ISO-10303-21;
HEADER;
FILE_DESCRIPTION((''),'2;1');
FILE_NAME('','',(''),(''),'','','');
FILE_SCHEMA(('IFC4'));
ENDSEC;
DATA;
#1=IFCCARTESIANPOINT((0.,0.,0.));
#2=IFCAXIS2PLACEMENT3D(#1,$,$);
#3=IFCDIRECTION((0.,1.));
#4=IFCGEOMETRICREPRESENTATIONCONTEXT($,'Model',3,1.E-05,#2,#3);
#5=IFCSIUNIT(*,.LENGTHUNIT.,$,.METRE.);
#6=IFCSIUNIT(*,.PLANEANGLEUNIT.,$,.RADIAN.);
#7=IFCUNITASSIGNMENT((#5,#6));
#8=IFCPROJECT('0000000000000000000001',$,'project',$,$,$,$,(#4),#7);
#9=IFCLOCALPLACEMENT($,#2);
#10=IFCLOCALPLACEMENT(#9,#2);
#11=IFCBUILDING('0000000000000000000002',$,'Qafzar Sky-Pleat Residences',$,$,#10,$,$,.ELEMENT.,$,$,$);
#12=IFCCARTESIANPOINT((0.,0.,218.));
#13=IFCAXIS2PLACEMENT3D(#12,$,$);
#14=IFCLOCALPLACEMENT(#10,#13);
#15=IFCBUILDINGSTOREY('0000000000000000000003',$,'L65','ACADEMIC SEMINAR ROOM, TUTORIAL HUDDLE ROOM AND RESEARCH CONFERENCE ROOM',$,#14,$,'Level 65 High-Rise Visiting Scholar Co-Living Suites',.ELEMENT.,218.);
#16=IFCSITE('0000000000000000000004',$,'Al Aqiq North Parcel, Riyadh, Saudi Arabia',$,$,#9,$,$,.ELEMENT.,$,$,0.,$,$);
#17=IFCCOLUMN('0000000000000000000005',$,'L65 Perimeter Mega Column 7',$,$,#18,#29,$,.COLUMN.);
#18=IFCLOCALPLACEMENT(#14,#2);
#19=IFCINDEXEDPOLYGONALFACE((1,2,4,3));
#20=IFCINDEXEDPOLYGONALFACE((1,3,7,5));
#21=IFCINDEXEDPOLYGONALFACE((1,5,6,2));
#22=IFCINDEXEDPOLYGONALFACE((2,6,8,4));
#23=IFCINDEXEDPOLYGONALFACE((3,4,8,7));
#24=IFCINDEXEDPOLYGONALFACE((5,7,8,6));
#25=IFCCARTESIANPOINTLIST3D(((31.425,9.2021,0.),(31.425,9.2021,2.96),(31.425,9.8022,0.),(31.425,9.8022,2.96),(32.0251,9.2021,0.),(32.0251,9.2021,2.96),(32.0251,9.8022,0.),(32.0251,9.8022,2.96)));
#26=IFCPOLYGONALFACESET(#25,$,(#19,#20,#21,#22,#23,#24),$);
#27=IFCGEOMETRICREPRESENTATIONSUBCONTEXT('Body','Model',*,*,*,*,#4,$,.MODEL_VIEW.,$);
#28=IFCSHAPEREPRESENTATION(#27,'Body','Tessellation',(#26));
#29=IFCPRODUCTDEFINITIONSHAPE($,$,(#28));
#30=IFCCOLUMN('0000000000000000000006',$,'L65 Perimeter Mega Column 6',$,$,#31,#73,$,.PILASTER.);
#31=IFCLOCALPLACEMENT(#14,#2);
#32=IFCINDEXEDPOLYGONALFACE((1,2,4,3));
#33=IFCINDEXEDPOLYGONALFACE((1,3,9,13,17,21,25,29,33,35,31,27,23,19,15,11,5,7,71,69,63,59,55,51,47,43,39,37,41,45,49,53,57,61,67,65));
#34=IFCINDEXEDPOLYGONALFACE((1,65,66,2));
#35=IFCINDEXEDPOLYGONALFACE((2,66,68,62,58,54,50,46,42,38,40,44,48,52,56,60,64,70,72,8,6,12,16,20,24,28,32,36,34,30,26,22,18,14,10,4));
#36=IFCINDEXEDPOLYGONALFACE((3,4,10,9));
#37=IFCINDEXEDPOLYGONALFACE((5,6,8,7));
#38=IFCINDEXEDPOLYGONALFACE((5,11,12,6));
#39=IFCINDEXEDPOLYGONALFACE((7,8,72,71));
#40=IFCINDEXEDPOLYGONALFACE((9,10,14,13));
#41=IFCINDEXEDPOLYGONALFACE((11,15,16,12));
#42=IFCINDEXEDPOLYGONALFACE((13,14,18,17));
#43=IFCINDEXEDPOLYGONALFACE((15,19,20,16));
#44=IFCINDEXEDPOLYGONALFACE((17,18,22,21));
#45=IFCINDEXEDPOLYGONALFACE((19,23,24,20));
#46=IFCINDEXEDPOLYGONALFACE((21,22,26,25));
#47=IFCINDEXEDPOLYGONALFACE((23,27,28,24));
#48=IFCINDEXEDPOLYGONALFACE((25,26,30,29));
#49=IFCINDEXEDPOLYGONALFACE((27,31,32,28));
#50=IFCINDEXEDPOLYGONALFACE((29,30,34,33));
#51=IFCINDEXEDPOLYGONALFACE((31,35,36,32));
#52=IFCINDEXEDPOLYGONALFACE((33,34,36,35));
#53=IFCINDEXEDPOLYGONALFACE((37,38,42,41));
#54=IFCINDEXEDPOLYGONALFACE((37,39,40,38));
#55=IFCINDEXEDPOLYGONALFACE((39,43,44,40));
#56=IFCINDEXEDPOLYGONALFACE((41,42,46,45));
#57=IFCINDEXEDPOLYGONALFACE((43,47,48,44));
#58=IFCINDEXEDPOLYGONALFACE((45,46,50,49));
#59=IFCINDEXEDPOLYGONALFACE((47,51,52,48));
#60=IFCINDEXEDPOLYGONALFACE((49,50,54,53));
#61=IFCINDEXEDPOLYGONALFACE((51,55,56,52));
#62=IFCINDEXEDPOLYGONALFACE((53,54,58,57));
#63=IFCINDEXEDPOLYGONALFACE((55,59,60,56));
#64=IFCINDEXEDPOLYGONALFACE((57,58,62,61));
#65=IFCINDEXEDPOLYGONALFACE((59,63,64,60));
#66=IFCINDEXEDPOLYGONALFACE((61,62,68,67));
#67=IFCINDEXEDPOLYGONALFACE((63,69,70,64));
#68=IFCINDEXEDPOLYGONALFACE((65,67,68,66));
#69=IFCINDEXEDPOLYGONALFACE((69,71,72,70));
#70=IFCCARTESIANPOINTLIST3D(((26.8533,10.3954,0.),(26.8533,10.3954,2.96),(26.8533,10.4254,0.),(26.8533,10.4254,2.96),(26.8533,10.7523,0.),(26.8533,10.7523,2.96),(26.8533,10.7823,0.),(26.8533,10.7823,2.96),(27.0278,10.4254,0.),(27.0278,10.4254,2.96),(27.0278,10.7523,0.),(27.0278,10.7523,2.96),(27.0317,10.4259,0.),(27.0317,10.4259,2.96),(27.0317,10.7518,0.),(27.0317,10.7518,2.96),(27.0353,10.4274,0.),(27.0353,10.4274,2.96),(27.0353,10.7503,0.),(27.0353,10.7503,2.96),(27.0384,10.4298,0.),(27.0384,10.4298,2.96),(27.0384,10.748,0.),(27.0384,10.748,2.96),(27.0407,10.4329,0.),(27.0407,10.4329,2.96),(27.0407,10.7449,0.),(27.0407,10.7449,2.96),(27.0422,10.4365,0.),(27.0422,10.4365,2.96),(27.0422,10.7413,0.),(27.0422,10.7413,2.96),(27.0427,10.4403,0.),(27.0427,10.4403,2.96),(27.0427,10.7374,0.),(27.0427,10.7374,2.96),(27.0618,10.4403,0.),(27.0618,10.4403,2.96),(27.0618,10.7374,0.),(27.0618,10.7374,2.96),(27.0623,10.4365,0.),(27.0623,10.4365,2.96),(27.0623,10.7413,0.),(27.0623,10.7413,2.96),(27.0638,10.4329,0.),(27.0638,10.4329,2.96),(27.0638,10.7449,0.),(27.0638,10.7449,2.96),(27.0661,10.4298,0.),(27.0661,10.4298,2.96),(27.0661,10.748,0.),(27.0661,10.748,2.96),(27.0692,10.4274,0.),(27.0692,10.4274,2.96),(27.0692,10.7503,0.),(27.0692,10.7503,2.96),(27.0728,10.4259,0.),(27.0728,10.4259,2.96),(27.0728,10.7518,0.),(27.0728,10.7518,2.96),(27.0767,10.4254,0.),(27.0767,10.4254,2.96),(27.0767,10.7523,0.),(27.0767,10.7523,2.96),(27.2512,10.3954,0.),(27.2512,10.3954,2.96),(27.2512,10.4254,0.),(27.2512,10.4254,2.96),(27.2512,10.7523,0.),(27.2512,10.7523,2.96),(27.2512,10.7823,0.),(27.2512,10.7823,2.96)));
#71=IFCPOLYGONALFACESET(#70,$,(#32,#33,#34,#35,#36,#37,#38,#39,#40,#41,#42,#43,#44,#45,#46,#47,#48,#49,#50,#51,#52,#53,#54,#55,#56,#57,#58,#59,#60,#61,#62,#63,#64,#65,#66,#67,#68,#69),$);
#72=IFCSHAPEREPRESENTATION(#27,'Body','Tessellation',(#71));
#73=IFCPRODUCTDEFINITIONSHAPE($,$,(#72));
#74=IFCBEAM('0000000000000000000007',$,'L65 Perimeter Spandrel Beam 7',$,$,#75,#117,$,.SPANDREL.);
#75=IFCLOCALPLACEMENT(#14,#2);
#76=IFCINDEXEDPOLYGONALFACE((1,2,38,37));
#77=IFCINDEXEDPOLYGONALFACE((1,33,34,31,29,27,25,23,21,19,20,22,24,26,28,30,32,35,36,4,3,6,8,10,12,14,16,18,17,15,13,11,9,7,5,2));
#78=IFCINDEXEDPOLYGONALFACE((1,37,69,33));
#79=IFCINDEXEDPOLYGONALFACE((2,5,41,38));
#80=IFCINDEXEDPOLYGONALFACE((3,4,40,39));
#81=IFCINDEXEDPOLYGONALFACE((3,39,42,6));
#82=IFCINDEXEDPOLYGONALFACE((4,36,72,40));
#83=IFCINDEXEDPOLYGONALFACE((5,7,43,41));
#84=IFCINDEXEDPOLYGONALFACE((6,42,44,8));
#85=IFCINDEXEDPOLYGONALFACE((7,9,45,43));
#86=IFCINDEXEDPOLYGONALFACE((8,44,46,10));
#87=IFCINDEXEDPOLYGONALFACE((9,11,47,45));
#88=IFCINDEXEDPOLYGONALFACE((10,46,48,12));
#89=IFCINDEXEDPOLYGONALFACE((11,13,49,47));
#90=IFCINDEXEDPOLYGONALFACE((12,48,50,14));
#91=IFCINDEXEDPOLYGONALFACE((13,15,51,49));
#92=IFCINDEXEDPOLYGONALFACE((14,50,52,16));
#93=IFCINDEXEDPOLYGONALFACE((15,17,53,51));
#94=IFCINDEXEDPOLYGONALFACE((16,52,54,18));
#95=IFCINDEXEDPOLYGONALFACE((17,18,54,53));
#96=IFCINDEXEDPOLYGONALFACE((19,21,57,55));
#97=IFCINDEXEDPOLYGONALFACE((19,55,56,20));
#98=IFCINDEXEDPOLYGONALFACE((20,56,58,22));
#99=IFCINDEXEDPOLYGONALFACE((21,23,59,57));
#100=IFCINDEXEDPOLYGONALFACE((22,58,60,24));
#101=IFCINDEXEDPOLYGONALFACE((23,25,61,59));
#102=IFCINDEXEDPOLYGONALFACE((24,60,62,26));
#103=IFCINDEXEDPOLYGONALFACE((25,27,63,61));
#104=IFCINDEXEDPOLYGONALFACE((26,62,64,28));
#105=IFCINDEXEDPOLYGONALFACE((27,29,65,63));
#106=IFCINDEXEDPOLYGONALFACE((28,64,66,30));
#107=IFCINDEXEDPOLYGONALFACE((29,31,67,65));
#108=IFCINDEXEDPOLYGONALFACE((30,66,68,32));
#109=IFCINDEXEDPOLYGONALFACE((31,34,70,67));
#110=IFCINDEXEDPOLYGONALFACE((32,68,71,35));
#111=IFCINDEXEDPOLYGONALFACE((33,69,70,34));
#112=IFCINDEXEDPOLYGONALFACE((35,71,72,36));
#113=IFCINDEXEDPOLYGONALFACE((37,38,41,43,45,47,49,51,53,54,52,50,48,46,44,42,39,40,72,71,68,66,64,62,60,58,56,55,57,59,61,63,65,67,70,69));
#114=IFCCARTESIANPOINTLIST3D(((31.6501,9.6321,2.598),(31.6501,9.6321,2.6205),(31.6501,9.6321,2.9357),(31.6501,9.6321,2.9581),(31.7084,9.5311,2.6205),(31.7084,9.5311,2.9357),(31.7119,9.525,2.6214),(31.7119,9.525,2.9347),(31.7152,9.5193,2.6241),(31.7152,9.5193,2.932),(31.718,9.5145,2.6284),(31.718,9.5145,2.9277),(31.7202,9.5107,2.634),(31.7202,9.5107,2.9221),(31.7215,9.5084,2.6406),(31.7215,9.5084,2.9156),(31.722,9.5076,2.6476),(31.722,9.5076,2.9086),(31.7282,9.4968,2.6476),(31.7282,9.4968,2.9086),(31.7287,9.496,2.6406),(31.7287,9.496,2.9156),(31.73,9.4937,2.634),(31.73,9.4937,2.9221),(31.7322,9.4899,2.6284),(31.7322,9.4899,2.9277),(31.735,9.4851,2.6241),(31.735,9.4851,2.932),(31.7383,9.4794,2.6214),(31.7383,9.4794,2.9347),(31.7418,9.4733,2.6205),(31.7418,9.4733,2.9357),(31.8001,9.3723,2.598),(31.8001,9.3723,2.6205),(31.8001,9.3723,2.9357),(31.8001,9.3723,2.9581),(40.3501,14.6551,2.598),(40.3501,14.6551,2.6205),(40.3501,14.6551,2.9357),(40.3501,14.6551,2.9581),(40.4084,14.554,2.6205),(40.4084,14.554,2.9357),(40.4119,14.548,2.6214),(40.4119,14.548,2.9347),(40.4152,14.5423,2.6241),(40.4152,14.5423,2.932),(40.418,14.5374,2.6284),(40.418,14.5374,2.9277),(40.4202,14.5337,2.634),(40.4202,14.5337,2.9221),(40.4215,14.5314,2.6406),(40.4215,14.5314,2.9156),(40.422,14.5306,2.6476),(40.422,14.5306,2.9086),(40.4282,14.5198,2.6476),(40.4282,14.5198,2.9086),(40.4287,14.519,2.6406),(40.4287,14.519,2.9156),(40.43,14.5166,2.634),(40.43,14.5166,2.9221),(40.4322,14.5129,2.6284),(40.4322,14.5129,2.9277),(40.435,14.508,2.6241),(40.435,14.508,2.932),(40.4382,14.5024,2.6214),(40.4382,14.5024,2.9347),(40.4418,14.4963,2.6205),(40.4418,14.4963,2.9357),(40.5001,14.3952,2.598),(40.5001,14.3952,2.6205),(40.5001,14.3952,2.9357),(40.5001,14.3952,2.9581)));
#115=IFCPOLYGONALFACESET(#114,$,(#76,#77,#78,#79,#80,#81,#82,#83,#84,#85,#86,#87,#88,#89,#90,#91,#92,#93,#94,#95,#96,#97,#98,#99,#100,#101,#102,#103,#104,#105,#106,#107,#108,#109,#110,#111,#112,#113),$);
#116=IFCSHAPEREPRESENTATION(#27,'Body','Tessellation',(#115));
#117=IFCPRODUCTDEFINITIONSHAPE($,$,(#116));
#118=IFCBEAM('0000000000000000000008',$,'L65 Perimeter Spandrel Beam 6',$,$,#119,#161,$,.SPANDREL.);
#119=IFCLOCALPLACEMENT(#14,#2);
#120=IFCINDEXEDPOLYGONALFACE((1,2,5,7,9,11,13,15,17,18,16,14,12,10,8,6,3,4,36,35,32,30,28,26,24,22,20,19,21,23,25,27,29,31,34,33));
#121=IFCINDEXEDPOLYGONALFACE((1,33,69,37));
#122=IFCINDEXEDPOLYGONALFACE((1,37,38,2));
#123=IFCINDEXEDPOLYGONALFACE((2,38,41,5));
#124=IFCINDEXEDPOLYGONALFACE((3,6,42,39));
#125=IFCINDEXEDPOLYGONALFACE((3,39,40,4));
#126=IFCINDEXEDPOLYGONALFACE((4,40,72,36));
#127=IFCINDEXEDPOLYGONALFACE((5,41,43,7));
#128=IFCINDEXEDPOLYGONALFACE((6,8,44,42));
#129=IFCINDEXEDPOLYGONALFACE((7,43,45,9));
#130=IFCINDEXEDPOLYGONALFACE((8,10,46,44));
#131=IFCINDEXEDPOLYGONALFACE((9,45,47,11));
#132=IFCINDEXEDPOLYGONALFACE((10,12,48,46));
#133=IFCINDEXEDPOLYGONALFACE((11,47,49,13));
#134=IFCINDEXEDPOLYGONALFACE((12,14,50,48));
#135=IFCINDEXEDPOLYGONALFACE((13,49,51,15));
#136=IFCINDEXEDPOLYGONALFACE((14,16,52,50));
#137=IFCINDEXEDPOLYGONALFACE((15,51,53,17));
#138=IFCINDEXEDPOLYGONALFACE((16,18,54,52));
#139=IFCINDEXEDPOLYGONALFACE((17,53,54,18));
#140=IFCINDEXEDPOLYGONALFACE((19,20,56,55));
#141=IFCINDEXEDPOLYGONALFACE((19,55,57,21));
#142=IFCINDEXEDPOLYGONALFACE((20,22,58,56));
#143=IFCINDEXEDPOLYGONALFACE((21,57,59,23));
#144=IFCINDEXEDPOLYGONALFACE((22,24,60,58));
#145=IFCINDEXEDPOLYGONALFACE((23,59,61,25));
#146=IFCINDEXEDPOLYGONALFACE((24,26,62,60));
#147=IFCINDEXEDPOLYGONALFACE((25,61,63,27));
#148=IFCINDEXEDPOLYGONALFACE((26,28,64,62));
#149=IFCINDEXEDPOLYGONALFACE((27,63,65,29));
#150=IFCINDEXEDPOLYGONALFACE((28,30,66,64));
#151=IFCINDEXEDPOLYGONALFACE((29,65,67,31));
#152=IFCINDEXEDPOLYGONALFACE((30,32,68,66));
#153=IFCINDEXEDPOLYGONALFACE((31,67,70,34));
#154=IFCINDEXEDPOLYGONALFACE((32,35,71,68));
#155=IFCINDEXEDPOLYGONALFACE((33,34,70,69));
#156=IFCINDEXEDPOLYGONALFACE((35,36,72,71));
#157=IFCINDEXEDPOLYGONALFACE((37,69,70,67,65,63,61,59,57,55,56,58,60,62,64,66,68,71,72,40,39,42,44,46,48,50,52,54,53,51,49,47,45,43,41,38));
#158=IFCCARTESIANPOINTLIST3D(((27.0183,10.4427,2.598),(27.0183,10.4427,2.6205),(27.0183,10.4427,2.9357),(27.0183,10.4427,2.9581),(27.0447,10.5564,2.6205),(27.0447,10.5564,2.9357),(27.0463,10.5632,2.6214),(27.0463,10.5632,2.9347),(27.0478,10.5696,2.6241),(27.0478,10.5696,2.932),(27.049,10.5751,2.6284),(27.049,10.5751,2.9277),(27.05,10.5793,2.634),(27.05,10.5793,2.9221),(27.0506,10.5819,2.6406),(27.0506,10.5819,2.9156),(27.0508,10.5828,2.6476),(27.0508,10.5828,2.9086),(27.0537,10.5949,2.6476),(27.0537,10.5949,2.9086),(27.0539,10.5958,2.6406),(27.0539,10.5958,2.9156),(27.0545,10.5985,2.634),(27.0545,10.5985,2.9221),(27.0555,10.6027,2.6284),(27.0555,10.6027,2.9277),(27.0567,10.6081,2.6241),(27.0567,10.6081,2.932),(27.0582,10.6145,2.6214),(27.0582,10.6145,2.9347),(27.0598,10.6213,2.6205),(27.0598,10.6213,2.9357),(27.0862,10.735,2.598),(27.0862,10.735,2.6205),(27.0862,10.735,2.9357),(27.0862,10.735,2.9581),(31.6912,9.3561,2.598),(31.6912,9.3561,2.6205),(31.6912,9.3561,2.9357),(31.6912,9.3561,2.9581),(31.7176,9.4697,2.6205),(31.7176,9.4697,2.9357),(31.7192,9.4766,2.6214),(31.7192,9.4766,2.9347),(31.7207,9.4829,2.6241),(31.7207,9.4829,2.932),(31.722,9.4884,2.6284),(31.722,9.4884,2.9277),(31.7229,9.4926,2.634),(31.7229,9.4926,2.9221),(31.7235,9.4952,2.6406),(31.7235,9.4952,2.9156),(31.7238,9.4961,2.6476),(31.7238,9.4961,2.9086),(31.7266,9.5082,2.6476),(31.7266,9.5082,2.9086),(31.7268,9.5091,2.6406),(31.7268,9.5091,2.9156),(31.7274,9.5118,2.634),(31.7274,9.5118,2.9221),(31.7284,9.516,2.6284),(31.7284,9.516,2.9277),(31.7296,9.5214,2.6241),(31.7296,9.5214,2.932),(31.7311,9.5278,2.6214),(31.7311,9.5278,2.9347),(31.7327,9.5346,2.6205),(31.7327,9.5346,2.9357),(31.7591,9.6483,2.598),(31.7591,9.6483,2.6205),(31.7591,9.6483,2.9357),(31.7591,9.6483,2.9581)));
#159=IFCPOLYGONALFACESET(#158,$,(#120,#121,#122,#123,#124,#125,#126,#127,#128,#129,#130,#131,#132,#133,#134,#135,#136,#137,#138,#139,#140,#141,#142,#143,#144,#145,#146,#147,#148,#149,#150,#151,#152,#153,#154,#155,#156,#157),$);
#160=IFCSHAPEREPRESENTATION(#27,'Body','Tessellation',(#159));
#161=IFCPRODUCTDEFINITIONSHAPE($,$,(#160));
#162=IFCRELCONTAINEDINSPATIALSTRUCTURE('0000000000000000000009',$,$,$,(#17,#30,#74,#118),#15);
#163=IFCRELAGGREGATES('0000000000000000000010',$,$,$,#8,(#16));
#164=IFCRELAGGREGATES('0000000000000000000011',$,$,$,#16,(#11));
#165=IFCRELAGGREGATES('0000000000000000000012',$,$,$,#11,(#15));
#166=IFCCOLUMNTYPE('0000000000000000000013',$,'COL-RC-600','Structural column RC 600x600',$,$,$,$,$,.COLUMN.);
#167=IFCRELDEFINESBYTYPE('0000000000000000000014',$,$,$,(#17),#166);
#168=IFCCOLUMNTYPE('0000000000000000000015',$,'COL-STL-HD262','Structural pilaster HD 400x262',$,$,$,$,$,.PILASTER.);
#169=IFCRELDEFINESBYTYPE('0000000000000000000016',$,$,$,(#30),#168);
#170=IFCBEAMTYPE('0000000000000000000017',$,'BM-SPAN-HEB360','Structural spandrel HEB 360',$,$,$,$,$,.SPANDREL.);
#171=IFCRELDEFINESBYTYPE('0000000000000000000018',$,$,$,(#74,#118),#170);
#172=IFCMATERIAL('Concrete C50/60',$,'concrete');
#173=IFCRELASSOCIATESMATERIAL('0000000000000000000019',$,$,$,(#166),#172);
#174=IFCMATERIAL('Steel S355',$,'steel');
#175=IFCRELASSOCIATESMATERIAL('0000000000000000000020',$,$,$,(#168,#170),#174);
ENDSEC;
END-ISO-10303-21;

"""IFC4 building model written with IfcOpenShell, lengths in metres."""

from ifc_helpers import new_model, si_unit, direction, frame, origin, origin_2d, place, context, subcontext, project, spatial, rectangle, i_section, extrude, source, transform, mapped, material, material_profile, profile_set, type_object, element, save


model = new_model("IFC4")

# Units and contexts
model_context = context("Model", 3, precision=1e-05, world=origin(), true_north=direction((0.0, 1.0)))
body_context = subcontext(model_context, "Body", "Model", "MODEL_VIEW")
ifc_project = project(units=[si_unit("LENGTHUNIT", "METRE"), si_unit("PLANEANGLEUNIT", "RADIAN")], contexts=[model_context])

# Site, building, storey
site_placement = place(None, origin())
site = spatial("IfcSite", under=ifc_project, at=site_placement, Name="Al Aqiq North Parcel, Riyadh, Saudi Arabia", CompositionType="ELEMENT", RefElevation=0.0)
building_placement = place(site_placement, origin())
building = spatial("IfcBuilding", under=site, at=building_placement, Name="Qafzar Sky-Pleat Residences", CompositionType="ELEMENT")
storey_placement = place(building_placement, frame((0.0, 0.0, 218.0)))
storey = spatial("IfcBuildingStorey", under=building, at=storey_placement, Name="L65", Description="ACADEMIC SEMINAR ROOM, TUTORIAL HUDDLE ROOM AND RESEARCH CONFERENCE ROOM", LongName="Level 65 High-Rise Visiting Scholar Co-Living Suites", CompositionType="ELEMENT", Elevation=218.0)

# Columns
ifc_material_1 = material(Name="Concrete C50/60", Category="concrete")
ifc_material_profile_1 = material_profile(ifc_material_1, rectangle(XDim=0.6001, YDim=0.6001, at=origin_2d()), Name="RC 600x600")
ifc_profile_set_1 = profile_set([ifc_material_profile_1], Name="Concrete C50/60")
column_type_1 = type_object("IfcColumnType", Name="COL-RC-600", Description="Structural column RC 600x600", PredefinedType="COLUMN", material=ifc_profile_set_1)
shared_shape_1 = source(origin(), body_context, "Body", "SweptSolid", [
    extrude(rectangle(XDim=0.6001, YDim=0.6001, at=origin_2d()), origin(), (0.0, 0.0, 1.0), 2.96),
])
column_1_placement = place(storey_placement, frame((31.7251, 9.5022, 0.0), z_axis=(0.0, 0.0, 1.0), x_axis=(1.0, 0.0, 0.0)))
element("IfcColumn", 1, at=column_1_placement, inside=storey, type_object=column_type_1, Name="L65 Perimeter Mega Column 7", PredefinedType="COLUMN", context=body_context, shape_type="MappedRepresentation", body=[
    mapped(shared_shape_1, transform((0.0, 0.0, 0.0), x_axis=(1.0, 0.0, 0.0), y_axis=(0.0, 1.0, 0.0), z_axis=(0.0, 0.0, 1.0), scale=1.0)),
])
ifc_material_2 = material(Name="Steel S355", Category="steel")
ifc_material_profile_2 = material_profile(ifc_material_2, i_section(OverallWidth=0.3979, OverallDepth=0.387, WebThickness=0.019, FlangeThickness=0.03, FilletRadius=0.0149, at=origin_2d()), Name="HD 400x262")
ifc_profile_set_2 = profile_set([ifc_material_profile_2], Name="Steel S355")
column_type_2 = type_object("IfcColumnType", Name="COL-STL-HD262", Description="Structural pilaster HD 400x262", PredefinedType="PILASTER", material=ifc_profile_set_2)
shared_shape_2 = source(origin(), body_context, "Body", "SweptSolid", [
    extrude(i_section(OverallWidth=0.3979, OverallDepth=0.387, WebThickness=0.019, FlangeThickness=0.03, FilletRadius=0.0149, at=origin_2d()), origin(), (0.0, 0.0, 1.0), 2.96),
])
column_2_placement = place(storey_placement, frame((27.0522, 10.5889, 0.0), z_axis=(0.0, 0.0, 1.0), x_axis=(1.0, 0.0, 0.0)))
element("IfcColumn", 2, at=column_2_placement, inside=storey, type_object=column_type_2, Name="L65 Perimeter Mega Column 6", PredefinedType="PILASTER", context=body_context, shape_type="MappedRepresentation", body=[
    mapped(shared_shape_2, transform((0.0, 0.0, 0.0), x_axis=(1.0, 0.0, 0.0), y_axis=(0.0, 1.0, 0.0), z_axis=(0.0, 0.0, 1.0), scale=1.0)),
])

# Beams
ifc_material_profile_3 = material_profile(ifc_material_2, i_section(OverallWidth=0.3, OverallDepth=0.3601, WebThickness=0.0125, FlangeThickness=0.0225, FilletRadius=0.0271, at=origin_2d()), Name="HEB 360")
ifc_profile_set_3 = profile_set([ifc_material_profile_3], Name="Steel S355")
beam_type_1 = type_object("IfcBeamType", Name="BM-SPAN-HEB360", Description="Structural spandrel HEB 360", PredefinedType="SPANDREL", material=ifc_profile_set_3)
shared_shape_3 = source(origin(), body_context, "Body", "SweptSolid", [
    extrude(i_section(OverallWidth=0.3, OverallDepth=0.3601, WebThickness=0.0125, FlangeThickness=0.0225, FilletRadius=0.0271, at=origin_2d()), origin(), (0.0, 0.0, 1.0), 10.0459),
])
beam_1_placement = place(storey_placement, frame((31.7251, 9.5022, 2.7781), z_axis=(0.866024, 0.500002, 0.0), x_axis=(-0.500002, 0.866024, 0.0)))
element("IfcBeam", 3, at=beam_1_placement, inside=storey, type_object=beam_type_1, Name="L65 Perimeter Spandrel Beam 7", PredefinedType="SPANDREL", context=body_context, shape_type="MappedRepresentation", body=[
    mapped(shared_shape_3, transform((0.0, 0.0, 0.0), x_axis=(1.0, 0.0, 0.0), y_axis=(0.0, 1.0, 0.0), z_axis=(0.0, 0.0, 1.0), scale=1.0)),
])
shared_shape_4 = source(origin(), body_context, "Body", "SweptSolid", [
    extrude(i_section(OverallWidth=0.3, OverallDepth=0.3601, WebThickness=0.0125, FlangeThickness=0.0225, FilletRadius=0.0271, at=origin_2d()), origin(), (0.0, 0.0, 1.0), 4.7976),
])
beam_2_placement = place(storey_placement, frame((27.0522, 10.5889, 2.7781), z_axis=(0.97401, -0.226506, 0.0), x_axis=(0.226506, 0.97401, 0.0)))
element("IfcBeam", 4, at=beam_2_placement, inside=storey, type_object=beam_type_1, Name="L65 Perimeter Spandrel Beam 6", PredefinedType="SPANDREL", context=body_context, shape_type="MappedRepresentation", body=[
    mapped(shared_shape_4, transform((0.0, 0.0, 0.0), x_axis=(1.0, 0.0, 0.0), y_axis=(0.0, 1.0, 0.0), z_axis=(0.0, 0.0, 1.0), scale=1.0)),
])

save(model, "model.ifc")
